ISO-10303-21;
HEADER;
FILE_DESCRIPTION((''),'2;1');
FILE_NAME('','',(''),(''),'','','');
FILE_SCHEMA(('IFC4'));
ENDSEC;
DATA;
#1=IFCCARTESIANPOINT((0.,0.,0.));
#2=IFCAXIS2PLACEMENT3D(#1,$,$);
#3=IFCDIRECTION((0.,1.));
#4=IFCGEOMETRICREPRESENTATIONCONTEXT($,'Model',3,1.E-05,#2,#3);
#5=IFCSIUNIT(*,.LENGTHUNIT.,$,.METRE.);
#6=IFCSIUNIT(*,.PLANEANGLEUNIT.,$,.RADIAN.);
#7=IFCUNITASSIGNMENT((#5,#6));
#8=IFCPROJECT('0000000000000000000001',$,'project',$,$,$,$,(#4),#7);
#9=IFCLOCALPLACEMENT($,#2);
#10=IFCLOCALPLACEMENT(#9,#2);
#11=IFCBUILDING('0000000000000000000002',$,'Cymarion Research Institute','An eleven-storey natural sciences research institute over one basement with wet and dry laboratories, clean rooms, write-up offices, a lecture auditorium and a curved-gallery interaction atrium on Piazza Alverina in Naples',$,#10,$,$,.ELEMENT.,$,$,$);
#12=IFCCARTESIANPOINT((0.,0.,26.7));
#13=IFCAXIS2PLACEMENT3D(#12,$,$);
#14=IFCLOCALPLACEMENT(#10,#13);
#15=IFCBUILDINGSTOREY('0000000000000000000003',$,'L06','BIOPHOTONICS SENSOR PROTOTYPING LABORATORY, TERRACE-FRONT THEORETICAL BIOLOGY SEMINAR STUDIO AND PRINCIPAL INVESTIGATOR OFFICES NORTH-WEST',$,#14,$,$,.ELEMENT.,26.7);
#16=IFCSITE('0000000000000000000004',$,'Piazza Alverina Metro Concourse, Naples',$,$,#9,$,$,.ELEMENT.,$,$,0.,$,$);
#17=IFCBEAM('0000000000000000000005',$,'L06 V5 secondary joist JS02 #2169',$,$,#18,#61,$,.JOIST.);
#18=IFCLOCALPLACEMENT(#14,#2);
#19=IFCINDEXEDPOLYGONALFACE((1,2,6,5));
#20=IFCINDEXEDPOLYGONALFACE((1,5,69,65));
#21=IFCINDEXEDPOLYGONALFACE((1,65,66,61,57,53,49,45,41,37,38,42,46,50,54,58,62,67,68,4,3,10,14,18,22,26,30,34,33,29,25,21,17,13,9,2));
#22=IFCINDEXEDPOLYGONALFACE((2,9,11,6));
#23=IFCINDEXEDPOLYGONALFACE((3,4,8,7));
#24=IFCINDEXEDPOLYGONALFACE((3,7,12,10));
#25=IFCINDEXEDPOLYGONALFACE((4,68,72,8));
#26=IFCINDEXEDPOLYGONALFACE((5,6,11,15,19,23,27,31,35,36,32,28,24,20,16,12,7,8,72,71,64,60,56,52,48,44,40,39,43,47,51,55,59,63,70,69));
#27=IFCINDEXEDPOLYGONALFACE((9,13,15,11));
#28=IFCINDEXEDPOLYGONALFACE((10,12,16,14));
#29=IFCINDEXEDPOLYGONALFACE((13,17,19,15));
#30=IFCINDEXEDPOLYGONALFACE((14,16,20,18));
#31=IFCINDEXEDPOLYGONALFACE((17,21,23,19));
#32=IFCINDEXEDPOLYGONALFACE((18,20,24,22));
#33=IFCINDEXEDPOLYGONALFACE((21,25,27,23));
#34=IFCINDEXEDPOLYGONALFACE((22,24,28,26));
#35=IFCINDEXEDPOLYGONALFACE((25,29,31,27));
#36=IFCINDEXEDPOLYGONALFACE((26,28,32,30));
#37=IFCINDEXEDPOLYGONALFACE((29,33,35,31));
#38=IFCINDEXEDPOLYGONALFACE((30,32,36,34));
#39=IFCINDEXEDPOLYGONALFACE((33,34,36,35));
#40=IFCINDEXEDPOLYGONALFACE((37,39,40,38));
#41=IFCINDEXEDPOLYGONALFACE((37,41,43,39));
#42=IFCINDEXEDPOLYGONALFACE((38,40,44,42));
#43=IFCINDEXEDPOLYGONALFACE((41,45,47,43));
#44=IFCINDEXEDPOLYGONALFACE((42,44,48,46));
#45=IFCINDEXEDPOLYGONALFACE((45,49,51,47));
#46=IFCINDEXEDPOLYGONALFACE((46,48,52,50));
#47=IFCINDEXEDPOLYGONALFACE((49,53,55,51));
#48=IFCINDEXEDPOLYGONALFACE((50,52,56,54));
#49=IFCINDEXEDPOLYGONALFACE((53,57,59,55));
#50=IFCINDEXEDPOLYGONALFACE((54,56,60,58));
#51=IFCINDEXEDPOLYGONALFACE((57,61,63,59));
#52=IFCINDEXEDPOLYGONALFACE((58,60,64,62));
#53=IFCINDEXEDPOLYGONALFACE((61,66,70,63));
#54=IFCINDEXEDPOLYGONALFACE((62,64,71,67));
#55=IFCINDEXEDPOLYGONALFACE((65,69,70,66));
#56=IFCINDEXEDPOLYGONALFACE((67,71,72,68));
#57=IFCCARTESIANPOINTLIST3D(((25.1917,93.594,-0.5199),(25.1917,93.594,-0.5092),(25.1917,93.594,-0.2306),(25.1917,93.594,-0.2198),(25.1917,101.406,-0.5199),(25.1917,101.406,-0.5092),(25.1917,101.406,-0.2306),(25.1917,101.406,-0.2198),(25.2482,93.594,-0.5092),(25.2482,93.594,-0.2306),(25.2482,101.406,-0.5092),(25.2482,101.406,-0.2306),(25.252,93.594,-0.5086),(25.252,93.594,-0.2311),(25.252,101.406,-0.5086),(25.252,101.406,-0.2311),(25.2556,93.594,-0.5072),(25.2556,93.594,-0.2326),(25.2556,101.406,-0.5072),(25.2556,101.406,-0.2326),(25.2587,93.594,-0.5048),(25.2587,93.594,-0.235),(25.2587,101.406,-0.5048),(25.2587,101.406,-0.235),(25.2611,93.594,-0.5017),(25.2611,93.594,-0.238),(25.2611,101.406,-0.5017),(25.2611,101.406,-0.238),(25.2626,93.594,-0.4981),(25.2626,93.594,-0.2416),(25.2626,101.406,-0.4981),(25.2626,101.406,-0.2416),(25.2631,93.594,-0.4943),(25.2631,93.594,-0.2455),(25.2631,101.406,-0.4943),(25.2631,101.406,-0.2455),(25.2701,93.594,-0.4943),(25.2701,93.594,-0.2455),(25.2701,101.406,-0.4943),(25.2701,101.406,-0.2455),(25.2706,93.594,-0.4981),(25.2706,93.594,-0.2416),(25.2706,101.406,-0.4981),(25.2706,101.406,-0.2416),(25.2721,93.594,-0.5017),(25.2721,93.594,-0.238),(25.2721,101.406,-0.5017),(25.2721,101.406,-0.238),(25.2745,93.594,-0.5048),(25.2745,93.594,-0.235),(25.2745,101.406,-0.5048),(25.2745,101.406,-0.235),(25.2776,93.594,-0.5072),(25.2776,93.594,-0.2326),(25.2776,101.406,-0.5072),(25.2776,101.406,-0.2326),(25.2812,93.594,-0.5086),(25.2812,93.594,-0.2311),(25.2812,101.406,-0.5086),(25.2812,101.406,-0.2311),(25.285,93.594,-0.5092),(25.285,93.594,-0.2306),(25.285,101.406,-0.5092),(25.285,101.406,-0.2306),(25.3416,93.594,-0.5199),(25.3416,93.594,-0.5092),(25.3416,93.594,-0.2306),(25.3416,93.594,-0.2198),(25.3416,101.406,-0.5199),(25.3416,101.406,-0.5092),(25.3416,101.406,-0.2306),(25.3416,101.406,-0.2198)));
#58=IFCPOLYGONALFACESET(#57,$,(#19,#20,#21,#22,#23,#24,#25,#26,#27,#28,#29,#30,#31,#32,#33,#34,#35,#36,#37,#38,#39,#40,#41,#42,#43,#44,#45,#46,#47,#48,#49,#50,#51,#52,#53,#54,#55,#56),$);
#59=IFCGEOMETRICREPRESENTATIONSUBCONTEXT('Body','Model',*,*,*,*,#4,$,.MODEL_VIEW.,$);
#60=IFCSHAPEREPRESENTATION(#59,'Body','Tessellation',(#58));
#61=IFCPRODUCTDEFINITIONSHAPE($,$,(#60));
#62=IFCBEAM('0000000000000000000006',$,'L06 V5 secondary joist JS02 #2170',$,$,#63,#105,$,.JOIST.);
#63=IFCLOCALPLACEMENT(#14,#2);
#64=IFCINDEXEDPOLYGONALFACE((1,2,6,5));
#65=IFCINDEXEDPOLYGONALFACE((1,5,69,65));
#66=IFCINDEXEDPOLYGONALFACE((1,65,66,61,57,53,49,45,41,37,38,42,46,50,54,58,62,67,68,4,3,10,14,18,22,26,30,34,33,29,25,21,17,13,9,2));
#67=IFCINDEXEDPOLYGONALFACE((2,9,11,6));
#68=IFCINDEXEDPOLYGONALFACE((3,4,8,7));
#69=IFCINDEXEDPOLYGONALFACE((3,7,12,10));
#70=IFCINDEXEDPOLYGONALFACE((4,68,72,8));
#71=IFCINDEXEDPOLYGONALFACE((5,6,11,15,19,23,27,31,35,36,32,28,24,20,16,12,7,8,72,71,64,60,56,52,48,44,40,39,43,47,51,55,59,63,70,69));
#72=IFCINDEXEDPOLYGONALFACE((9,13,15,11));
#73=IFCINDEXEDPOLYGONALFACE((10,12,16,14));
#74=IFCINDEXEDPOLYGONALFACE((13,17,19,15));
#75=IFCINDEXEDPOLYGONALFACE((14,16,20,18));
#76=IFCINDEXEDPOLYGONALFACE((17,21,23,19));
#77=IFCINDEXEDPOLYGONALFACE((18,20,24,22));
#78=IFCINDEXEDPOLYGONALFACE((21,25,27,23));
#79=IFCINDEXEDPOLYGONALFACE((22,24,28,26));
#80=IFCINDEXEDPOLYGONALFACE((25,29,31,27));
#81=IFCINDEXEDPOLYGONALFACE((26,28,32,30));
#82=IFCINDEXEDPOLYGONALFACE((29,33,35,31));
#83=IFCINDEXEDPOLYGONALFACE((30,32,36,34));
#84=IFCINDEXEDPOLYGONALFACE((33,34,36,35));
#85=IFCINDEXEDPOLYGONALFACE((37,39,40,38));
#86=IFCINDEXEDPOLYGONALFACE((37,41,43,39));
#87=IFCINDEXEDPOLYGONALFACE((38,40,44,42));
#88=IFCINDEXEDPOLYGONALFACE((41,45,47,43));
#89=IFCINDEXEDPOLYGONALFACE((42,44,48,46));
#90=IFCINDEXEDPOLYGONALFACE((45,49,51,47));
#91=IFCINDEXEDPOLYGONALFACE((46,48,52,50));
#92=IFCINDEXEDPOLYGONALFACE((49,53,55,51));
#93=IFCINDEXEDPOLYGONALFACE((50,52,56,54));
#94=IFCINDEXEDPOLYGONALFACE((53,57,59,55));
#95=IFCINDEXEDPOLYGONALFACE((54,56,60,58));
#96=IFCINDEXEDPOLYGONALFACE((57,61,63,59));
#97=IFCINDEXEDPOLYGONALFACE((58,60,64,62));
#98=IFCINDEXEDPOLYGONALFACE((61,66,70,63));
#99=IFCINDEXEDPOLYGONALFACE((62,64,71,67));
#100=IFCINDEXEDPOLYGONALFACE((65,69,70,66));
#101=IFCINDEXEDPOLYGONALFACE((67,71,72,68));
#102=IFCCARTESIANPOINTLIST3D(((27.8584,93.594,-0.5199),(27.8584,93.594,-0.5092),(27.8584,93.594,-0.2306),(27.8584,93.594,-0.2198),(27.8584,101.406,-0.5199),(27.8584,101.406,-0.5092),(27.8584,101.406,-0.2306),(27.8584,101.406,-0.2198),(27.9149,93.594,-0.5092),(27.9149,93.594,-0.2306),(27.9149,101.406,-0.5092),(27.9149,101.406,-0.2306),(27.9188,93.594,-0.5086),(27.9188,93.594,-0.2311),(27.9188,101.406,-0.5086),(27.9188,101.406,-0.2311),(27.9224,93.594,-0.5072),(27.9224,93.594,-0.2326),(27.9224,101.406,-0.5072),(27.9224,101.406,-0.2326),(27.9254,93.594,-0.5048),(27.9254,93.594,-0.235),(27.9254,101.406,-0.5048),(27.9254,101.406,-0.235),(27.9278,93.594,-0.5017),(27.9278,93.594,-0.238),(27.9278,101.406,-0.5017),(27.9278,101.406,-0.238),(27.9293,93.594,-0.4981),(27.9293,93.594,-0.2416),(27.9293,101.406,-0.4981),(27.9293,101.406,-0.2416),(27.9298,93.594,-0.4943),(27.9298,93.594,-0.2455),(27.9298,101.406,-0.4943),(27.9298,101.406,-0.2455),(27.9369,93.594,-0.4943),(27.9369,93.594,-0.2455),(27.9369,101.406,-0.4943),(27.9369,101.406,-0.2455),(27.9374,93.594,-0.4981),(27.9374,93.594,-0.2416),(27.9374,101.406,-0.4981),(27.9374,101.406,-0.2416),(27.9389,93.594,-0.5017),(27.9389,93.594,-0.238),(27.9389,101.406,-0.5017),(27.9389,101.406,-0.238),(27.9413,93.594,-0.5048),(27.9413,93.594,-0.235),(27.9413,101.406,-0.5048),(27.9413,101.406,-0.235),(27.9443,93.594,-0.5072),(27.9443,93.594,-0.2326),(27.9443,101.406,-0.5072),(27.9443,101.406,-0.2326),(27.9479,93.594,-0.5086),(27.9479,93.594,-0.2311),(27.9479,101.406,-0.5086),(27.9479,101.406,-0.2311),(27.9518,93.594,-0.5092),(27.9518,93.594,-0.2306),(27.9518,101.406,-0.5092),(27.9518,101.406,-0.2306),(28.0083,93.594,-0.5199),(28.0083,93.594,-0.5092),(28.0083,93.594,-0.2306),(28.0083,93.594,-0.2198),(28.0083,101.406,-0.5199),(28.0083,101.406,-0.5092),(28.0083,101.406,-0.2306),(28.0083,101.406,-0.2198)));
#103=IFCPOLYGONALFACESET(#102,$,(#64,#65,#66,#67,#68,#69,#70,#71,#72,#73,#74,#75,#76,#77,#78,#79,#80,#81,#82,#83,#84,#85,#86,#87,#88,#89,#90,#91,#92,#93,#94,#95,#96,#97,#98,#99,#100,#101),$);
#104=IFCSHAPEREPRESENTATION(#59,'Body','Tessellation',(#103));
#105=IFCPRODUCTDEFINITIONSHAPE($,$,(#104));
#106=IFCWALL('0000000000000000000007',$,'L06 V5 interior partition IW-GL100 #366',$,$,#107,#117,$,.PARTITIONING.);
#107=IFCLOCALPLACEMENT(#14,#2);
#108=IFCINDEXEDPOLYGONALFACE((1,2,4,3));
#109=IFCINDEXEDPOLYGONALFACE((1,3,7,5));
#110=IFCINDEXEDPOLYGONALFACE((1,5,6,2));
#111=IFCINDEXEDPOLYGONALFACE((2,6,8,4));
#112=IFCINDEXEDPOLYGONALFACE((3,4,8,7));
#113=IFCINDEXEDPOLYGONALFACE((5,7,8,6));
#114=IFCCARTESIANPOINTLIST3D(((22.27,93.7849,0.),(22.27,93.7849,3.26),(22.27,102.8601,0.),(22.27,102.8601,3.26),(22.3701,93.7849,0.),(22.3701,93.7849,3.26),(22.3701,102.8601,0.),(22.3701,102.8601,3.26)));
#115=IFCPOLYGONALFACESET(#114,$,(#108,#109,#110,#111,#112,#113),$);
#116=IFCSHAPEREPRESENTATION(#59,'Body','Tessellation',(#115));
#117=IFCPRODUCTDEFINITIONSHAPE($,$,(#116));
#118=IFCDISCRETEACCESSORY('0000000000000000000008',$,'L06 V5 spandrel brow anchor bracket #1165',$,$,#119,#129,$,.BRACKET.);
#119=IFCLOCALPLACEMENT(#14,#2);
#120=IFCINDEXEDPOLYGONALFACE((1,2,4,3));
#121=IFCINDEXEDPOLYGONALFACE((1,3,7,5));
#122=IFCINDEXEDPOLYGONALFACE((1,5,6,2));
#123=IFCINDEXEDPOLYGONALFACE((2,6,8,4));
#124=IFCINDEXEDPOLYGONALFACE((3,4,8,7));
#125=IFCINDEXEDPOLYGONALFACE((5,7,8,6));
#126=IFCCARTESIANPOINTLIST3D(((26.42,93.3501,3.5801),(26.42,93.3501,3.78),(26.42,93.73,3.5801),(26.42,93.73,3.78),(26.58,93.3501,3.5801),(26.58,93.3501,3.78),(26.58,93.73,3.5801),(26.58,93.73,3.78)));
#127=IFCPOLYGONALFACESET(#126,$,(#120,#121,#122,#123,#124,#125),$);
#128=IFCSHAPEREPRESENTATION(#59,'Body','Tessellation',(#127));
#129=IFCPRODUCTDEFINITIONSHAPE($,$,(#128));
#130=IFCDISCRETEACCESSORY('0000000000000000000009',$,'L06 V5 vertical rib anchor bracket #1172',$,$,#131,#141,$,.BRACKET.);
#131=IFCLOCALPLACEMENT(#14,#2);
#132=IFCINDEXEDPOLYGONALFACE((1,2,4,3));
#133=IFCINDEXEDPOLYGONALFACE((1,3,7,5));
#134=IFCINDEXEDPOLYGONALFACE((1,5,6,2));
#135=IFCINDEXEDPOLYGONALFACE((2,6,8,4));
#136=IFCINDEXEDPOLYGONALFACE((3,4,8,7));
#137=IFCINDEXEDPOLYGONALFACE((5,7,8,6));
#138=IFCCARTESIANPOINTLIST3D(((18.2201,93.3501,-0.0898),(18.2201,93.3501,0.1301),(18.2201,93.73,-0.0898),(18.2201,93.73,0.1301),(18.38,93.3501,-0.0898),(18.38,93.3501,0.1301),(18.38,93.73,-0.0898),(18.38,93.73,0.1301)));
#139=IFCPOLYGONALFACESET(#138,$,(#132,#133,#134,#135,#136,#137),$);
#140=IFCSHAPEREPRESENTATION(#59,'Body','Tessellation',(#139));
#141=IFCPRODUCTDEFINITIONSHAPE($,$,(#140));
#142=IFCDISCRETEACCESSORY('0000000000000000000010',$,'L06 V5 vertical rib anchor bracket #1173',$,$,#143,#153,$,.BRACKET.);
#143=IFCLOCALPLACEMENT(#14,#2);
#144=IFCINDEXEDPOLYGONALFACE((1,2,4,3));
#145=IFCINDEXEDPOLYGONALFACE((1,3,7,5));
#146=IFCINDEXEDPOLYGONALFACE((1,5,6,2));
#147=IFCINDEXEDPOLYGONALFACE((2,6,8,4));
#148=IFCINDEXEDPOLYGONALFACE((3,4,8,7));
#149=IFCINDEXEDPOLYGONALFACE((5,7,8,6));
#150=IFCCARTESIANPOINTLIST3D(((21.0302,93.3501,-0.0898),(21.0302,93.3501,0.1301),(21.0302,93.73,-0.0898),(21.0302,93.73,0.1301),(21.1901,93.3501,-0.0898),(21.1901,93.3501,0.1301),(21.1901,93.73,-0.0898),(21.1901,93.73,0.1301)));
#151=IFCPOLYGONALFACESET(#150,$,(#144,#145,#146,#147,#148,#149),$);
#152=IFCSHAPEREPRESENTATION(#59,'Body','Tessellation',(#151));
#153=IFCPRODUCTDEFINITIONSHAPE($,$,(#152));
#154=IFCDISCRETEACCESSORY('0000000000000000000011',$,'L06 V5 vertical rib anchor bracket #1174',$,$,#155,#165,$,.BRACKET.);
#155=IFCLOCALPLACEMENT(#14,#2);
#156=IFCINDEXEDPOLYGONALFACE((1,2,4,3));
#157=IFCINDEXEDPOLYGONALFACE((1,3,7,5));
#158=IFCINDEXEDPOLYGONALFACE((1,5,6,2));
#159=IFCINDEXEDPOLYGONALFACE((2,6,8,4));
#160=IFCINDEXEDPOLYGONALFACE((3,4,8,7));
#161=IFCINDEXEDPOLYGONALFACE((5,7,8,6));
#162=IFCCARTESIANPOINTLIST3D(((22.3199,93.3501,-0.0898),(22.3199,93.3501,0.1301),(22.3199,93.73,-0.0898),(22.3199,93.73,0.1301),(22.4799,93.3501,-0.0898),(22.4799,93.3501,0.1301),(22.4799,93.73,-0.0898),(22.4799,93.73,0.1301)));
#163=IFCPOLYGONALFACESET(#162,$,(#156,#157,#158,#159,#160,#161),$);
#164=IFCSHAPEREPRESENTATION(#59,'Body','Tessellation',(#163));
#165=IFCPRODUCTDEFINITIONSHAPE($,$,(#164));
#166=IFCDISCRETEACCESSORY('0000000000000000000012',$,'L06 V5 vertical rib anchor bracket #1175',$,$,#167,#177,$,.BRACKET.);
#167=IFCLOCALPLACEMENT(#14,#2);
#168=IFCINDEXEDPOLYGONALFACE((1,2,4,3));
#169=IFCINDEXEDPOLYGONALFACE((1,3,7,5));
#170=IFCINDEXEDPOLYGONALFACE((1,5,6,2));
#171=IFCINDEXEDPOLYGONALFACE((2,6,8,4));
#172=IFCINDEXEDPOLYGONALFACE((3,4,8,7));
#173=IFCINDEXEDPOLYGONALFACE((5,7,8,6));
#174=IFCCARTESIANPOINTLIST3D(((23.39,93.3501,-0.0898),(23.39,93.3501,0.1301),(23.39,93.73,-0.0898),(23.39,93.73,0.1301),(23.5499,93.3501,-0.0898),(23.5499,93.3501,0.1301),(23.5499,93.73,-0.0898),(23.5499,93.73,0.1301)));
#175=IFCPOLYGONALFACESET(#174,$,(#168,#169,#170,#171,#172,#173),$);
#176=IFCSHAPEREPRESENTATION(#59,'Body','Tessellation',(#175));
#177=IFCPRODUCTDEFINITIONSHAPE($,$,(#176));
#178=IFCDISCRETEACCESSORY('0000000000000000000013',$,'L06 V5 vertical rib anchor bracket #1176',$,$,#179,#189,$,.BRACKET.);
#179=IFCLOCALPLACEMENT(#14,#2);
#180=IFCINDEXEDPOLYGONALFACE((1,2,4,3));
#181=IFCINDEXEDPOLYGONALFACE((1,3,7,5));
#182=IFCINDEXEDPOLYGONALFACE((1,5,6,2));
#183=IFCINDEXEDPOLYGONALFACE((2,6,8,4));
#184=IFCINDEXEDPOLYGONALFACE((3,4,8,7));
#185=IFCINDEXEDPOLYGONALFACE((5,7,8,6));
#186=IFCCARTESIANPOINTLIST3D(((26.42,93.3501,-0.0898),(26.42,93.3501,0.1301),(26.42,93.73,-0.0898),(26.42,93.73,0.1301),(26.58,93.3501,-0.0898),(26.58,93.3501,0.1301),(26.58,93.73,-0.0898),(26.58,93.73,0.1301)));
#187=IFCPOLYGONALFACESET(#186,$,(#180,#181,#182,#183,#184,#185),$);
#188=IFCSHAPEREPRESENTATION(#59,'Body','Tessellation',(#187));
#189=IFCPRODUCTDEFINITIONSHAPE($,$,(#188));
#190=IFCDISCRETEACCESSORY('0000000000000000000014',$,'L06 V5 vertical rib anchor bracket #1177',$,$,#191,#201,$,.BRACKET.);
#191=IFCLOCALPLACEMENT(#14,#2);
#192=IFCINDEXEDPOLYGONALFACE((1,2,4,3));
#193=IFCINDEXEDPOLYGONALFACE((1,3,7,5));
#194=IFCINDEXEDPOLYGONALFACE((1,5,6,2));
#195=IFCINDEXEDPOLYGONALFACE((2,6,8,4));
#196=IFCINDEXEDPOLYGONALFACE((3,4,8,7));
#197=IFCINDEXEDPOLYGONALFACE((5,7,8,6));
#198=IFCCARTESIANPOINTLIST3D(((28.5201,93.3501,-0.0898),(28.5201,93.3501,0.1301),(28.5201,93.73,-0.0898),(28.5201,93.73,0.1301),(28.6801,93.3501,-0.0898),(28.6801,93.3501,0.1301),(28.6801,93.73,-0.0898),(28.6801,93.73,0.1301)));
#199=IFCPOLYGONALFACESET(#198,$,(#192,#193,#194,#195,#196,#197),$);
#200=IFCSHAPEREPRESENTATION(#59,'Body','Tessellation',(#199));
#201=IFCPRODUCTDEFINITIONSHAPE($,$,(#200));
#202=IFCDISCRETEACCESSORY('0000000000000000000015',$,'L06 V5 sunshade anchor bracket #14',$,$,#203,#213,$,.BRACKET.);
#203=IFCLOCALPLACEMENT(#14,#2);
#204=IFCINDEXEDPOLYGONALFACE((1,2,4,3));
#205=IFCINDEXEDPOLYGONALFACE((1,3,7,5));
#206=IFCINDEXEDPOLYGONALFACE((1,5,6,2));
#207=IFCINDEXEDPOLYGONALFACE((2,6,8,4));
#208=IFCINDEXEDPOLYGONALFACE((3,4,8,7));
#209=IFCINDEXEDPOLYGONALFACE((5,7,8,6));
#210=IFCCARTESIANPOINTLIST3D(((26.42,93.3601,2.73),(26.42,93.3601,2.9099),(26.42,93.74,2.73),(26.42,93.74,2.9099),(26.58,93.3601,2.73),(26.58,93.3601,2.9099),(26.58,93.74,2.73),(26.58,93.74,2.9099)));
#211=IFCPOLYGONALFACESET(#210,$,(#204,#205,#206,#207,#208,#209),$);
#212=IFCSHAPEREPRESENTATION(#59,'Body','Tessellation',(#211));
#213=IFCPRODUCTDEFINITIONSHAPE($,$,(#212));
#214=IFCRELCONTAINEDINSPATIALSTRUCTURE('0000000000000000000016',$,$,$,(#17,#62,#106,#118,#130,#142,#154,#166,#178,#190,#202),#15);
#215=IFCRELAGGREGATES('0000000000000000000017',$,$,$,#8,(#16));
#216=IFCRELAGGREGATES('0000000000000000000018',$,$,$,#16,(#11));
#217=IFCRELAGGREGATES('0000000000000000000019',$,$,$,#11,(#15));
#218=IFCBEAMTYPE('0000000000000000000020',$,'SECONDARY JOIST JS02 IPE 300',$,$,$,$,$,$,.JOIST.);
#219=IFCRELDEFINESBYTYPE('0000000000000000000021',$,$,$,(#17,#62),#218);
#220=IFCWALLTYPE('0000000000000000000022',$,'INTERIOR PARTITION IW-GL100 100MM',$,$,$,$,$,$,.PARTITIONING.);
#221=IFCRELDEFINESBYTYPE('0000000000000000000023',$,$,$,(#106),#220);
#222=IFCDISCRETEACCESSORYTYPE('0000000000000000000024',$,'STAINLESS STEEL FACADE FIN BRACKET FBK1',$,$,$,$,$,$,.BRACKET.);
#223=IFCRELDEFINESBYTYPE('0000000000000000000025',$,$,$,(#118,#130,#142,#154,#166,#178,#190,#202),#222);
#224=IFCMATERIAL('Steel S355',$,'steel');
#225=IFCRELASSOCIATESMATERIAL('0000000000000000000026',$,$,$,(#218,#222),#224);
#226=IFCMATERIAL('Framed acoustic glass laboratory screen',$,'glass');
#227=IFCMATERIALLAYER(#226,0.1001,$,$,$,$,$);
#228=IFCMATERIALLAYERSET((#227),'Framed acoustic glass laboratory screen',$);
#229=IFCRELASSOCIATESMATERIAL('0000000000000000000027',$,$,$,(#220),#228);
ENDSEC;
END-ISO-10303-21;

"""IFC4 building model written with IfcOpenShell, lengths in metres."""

from ifc_helpers import new_model, si_unit, direction, frame, frame_2d, origin, origin_2d, place, context, subcontext, project, spatial, rectangle, i_section, extrude, material, layer, layer_set, material_profile, profile_set, type_object, element, save


model = new_model("IFC4")

# Units and contexts
model_context = context("Model", 3, precision=1e-05, world=origin(), true_north=direction((0.0, 1.0)))
body_context = subcontext(model_context, "Body", "Model", "MODEL_VIEW")
ifc_project = project(units=[si_unit("LENGTHUNIT", "METRE"), si_unit("PLANEANGLEUNIT", "RADIAN")], contexts=[model_context])

# Site, building, storey
site_placement = place(None, origin())
site = spatial("IfcSite", under=ifc_project, at=site_placement, Name="Piazza Alverina Metro Concourse, Naples", CompositionType="ELEMENT", RefElevation=0.0)
building_placement = place(site_placement, origin())
building = spatial("IfcBuilding", under=site, at=building_placement, Name="Cymarion Research Institute", Description="An eleven-storey natural sciences research institute over one basement with wet and dry laboratories, clean rooms, write-up offices, a lecture auditorium and a curved-gallery interaction atrium on Piazza Alverina in Naples", CompositionType="ELEMENT")
storey_placement = place(building_placement, frame((0.0, 0.0, 26.7)))
storey = spatial("IfcBuildingStorey", under=building, at=storey_placement, Name="L06", Description="BIOPHOTONICS SENSOR PROTOTYPING LABORATORY, TERRACE-FRONT THEORETICAL BIOLOGY SEMINAR STUDIO AND PRINCIPAL INVESTIGATOR OFFICES NORTH-WEST", CompositionType="ELEMENT", Elevation=26.7)

# Beams
ifc_material_1 = material(Name="Steel S355", Category="steel")
ifc_material_profile = material_profile(ifc_material_1, i_section(OverallWidth=0.1499, OverallDepth=0.3, WebThickness=0.0071, FlangeThickness=0.0107, FilletRadius=0.0149, at=origin_2d()), Name="IPE 300")
ifc_profile_set = profile_set([ifc_material_profile], Name="Steel S355")
beam_type = type_object("IfcBeamType", Name="SECONDARY JOIST JS02 IPE 300", PredefinedType="JOIST", material=ifc_profile_set)
for number, where, z_axis, x_axis, name in (
    (1, (25.2666, 93.594, -0.3699), (0.0, 1.0, 0.0), (-1.0, 0.0, 0.0), "L06 V5 secondary joist JS02 #2169"),
    (2, (27.9333, 93.594, -0.3699), (0.0, 1.0, 0.0), (-1.0, 0.0, 0.0), "L06 V5 secondary joist JS02 #2170"),
):
    element("IfcBeam", number, at=place(storey_placement, frame(where, z_axis=z_axis, x_axis=x_axis)), inside=storey, type_object=beam_type, Name=name, PredefinedType="JOIST", context=body_context, shape_type="SweptSolid", body=[
        extrude(i_section(OverallWidth=0.1499, OverallDepth=0.3, WebThickness=0.0071, FlangeThickness=0.0107, FilletRadius=0.0149, at=origin_2d()), origin(), (0.0, 0.0, 1.0), 7.812),
    ])

# Wall
ifc_material_2 = material(Name="Framed acoustic glass laboratory screen", Category="glass")
ifc_layer = layer(ifc_material_2, 0.1001)
ifc_layer_set = layer_set([ifc_layer], Name="Framed acoustic glass laboratory screen")
wall_type = type_object("IfcWallType", Name="INTERIOR PARTITION IW-GL100 100MM", PredefinedType="PARTITIONING", material=ifc_layer_set)
wall_placement = place(storey_placement, frame((22.3201, 93.7849, 0.0), z_axis=(0.0, 0.0, 1.0), x_axis=(0.0, 1.0, 0.0)))
element("IfcWall", 3, at=wall_placement, inside=storey, type_object=wall_type, Name="L06 V5 interior partition IW-GL100 #366", PredefinedType="PARTITIONING", context=body_context, shape_type="SweptSolid", body=[
    extrude(rectangle(XDim=9.0752, YDim=0.1001, at=frame_2d((4.5376, 0.0))), origin(), (0.0, 0.0, 1.0), 3.26),
])

# Discrete accessories
discrete_accessory_type = type_object("IfcDiscreteAccessoryType", Name="STAINLESS STEEL FACADE FIN BRACKET FBK1", PredefinedType="BRACKET", material=ifc_material_1)
discrete_accessory_1_placement = place(storey_placement, frame((26.5, 93.54, 3.5801), z_axis=(0.0, 0.0, 1.0), x_axis=(0.0, -1.0, 0.0)))
element("IfcDiscreteAccessory", 4, at=discrete_accessory_1_placement, inside=storey, type_object=discrete_accessory_type, Name="L06 V5 spandrel brow anchor bracket #1165", PredefinedType="BRACKET", context=body_context, shape_type="SweptSolid", body=[
    extrude(rectangle(XDim=0.3799, YDim=0.1599, at=origin_2d()), origin(), (0.0, 0.0, 1.0), 0.2),
])
for number, where, z_axis, x_axis, name in (
    (5, (18.3, 93.54, -0.0898), (0.0, 0.0, 1.0), (0.0, -1.0, 0.0), "L06 V5 vertical rib anchor bracket #1172"),
    (6, (21.1101, 93.54, -0.0898), (0.0, 0.0, 1.0), (0.0, -1.0, 0.0), "L06 V5 vertical rib anchor bracket #1173"),
    (7, (22.3999, 93.54, -0.0898), (0.0, 0.0, 1.0), (0.0, -1.0, 0.0), "L06 V5 vertical rib anchor bracket #1174"),
    (8, (23.47, 93.54, -0.0898), (0.0, 0.0, 1.0), (0.0, -1.0, 0.0), "L06 V5 vertical rib anchor bracket #1175"),
    (9, (26.5, 93.54, -0.0898), (0.0, 0.0, 1.0), (0.0, -1.0, 0.0), "L06 V5 vertical rib anchor bracket #1176"),
    (10, (28.6001, 93.54, -0.0898), (0.0, 0.0, 1.0), (0.0, -1.0, 0.0), "L06 V5 vertical rib anchor bracket #1177"),
):
    element("IfcDiscreteAccessory", number, at=place(storey_placement, frame(where, z_axis=z_axis, x_axis=x_axis)), inside=storey, type_object=discrete_accessory_type, Name=name, PredefinedType="BRACKET", context=body_context, shape_type="SweptSolid", body=[
        extrude(rectangle(XDim=0.3799, YDim=0.1599, at=origin_2d()), origin(), (0.0, 0.0, 1.0), 0.22),
    ])
discrete_accessory_2_placement = place(storey_placement, frame((26.5, 93.55, 2.73), z_axis=(0.0, 0.0, 1.0), x_axis=(0.0, -1.0, 0.0)))
element("IfcDiscreteAccessory", 11, at=discrete_accessory_2_placement, inside=storey, type_object=discrete_accessory_type, Name="L06 V5 sunshade anchor bracket #14", PredefinedType="BRACKET", context=body_context, shape_type="SweptSolid", body=[
    extrude(rectangle(XDim=0.3799, YDim=0.1599, at=origin_2d()), origin(), (0.0, 0.0, 1.0), 0.1799),
])

save(model, "model.ifc")
